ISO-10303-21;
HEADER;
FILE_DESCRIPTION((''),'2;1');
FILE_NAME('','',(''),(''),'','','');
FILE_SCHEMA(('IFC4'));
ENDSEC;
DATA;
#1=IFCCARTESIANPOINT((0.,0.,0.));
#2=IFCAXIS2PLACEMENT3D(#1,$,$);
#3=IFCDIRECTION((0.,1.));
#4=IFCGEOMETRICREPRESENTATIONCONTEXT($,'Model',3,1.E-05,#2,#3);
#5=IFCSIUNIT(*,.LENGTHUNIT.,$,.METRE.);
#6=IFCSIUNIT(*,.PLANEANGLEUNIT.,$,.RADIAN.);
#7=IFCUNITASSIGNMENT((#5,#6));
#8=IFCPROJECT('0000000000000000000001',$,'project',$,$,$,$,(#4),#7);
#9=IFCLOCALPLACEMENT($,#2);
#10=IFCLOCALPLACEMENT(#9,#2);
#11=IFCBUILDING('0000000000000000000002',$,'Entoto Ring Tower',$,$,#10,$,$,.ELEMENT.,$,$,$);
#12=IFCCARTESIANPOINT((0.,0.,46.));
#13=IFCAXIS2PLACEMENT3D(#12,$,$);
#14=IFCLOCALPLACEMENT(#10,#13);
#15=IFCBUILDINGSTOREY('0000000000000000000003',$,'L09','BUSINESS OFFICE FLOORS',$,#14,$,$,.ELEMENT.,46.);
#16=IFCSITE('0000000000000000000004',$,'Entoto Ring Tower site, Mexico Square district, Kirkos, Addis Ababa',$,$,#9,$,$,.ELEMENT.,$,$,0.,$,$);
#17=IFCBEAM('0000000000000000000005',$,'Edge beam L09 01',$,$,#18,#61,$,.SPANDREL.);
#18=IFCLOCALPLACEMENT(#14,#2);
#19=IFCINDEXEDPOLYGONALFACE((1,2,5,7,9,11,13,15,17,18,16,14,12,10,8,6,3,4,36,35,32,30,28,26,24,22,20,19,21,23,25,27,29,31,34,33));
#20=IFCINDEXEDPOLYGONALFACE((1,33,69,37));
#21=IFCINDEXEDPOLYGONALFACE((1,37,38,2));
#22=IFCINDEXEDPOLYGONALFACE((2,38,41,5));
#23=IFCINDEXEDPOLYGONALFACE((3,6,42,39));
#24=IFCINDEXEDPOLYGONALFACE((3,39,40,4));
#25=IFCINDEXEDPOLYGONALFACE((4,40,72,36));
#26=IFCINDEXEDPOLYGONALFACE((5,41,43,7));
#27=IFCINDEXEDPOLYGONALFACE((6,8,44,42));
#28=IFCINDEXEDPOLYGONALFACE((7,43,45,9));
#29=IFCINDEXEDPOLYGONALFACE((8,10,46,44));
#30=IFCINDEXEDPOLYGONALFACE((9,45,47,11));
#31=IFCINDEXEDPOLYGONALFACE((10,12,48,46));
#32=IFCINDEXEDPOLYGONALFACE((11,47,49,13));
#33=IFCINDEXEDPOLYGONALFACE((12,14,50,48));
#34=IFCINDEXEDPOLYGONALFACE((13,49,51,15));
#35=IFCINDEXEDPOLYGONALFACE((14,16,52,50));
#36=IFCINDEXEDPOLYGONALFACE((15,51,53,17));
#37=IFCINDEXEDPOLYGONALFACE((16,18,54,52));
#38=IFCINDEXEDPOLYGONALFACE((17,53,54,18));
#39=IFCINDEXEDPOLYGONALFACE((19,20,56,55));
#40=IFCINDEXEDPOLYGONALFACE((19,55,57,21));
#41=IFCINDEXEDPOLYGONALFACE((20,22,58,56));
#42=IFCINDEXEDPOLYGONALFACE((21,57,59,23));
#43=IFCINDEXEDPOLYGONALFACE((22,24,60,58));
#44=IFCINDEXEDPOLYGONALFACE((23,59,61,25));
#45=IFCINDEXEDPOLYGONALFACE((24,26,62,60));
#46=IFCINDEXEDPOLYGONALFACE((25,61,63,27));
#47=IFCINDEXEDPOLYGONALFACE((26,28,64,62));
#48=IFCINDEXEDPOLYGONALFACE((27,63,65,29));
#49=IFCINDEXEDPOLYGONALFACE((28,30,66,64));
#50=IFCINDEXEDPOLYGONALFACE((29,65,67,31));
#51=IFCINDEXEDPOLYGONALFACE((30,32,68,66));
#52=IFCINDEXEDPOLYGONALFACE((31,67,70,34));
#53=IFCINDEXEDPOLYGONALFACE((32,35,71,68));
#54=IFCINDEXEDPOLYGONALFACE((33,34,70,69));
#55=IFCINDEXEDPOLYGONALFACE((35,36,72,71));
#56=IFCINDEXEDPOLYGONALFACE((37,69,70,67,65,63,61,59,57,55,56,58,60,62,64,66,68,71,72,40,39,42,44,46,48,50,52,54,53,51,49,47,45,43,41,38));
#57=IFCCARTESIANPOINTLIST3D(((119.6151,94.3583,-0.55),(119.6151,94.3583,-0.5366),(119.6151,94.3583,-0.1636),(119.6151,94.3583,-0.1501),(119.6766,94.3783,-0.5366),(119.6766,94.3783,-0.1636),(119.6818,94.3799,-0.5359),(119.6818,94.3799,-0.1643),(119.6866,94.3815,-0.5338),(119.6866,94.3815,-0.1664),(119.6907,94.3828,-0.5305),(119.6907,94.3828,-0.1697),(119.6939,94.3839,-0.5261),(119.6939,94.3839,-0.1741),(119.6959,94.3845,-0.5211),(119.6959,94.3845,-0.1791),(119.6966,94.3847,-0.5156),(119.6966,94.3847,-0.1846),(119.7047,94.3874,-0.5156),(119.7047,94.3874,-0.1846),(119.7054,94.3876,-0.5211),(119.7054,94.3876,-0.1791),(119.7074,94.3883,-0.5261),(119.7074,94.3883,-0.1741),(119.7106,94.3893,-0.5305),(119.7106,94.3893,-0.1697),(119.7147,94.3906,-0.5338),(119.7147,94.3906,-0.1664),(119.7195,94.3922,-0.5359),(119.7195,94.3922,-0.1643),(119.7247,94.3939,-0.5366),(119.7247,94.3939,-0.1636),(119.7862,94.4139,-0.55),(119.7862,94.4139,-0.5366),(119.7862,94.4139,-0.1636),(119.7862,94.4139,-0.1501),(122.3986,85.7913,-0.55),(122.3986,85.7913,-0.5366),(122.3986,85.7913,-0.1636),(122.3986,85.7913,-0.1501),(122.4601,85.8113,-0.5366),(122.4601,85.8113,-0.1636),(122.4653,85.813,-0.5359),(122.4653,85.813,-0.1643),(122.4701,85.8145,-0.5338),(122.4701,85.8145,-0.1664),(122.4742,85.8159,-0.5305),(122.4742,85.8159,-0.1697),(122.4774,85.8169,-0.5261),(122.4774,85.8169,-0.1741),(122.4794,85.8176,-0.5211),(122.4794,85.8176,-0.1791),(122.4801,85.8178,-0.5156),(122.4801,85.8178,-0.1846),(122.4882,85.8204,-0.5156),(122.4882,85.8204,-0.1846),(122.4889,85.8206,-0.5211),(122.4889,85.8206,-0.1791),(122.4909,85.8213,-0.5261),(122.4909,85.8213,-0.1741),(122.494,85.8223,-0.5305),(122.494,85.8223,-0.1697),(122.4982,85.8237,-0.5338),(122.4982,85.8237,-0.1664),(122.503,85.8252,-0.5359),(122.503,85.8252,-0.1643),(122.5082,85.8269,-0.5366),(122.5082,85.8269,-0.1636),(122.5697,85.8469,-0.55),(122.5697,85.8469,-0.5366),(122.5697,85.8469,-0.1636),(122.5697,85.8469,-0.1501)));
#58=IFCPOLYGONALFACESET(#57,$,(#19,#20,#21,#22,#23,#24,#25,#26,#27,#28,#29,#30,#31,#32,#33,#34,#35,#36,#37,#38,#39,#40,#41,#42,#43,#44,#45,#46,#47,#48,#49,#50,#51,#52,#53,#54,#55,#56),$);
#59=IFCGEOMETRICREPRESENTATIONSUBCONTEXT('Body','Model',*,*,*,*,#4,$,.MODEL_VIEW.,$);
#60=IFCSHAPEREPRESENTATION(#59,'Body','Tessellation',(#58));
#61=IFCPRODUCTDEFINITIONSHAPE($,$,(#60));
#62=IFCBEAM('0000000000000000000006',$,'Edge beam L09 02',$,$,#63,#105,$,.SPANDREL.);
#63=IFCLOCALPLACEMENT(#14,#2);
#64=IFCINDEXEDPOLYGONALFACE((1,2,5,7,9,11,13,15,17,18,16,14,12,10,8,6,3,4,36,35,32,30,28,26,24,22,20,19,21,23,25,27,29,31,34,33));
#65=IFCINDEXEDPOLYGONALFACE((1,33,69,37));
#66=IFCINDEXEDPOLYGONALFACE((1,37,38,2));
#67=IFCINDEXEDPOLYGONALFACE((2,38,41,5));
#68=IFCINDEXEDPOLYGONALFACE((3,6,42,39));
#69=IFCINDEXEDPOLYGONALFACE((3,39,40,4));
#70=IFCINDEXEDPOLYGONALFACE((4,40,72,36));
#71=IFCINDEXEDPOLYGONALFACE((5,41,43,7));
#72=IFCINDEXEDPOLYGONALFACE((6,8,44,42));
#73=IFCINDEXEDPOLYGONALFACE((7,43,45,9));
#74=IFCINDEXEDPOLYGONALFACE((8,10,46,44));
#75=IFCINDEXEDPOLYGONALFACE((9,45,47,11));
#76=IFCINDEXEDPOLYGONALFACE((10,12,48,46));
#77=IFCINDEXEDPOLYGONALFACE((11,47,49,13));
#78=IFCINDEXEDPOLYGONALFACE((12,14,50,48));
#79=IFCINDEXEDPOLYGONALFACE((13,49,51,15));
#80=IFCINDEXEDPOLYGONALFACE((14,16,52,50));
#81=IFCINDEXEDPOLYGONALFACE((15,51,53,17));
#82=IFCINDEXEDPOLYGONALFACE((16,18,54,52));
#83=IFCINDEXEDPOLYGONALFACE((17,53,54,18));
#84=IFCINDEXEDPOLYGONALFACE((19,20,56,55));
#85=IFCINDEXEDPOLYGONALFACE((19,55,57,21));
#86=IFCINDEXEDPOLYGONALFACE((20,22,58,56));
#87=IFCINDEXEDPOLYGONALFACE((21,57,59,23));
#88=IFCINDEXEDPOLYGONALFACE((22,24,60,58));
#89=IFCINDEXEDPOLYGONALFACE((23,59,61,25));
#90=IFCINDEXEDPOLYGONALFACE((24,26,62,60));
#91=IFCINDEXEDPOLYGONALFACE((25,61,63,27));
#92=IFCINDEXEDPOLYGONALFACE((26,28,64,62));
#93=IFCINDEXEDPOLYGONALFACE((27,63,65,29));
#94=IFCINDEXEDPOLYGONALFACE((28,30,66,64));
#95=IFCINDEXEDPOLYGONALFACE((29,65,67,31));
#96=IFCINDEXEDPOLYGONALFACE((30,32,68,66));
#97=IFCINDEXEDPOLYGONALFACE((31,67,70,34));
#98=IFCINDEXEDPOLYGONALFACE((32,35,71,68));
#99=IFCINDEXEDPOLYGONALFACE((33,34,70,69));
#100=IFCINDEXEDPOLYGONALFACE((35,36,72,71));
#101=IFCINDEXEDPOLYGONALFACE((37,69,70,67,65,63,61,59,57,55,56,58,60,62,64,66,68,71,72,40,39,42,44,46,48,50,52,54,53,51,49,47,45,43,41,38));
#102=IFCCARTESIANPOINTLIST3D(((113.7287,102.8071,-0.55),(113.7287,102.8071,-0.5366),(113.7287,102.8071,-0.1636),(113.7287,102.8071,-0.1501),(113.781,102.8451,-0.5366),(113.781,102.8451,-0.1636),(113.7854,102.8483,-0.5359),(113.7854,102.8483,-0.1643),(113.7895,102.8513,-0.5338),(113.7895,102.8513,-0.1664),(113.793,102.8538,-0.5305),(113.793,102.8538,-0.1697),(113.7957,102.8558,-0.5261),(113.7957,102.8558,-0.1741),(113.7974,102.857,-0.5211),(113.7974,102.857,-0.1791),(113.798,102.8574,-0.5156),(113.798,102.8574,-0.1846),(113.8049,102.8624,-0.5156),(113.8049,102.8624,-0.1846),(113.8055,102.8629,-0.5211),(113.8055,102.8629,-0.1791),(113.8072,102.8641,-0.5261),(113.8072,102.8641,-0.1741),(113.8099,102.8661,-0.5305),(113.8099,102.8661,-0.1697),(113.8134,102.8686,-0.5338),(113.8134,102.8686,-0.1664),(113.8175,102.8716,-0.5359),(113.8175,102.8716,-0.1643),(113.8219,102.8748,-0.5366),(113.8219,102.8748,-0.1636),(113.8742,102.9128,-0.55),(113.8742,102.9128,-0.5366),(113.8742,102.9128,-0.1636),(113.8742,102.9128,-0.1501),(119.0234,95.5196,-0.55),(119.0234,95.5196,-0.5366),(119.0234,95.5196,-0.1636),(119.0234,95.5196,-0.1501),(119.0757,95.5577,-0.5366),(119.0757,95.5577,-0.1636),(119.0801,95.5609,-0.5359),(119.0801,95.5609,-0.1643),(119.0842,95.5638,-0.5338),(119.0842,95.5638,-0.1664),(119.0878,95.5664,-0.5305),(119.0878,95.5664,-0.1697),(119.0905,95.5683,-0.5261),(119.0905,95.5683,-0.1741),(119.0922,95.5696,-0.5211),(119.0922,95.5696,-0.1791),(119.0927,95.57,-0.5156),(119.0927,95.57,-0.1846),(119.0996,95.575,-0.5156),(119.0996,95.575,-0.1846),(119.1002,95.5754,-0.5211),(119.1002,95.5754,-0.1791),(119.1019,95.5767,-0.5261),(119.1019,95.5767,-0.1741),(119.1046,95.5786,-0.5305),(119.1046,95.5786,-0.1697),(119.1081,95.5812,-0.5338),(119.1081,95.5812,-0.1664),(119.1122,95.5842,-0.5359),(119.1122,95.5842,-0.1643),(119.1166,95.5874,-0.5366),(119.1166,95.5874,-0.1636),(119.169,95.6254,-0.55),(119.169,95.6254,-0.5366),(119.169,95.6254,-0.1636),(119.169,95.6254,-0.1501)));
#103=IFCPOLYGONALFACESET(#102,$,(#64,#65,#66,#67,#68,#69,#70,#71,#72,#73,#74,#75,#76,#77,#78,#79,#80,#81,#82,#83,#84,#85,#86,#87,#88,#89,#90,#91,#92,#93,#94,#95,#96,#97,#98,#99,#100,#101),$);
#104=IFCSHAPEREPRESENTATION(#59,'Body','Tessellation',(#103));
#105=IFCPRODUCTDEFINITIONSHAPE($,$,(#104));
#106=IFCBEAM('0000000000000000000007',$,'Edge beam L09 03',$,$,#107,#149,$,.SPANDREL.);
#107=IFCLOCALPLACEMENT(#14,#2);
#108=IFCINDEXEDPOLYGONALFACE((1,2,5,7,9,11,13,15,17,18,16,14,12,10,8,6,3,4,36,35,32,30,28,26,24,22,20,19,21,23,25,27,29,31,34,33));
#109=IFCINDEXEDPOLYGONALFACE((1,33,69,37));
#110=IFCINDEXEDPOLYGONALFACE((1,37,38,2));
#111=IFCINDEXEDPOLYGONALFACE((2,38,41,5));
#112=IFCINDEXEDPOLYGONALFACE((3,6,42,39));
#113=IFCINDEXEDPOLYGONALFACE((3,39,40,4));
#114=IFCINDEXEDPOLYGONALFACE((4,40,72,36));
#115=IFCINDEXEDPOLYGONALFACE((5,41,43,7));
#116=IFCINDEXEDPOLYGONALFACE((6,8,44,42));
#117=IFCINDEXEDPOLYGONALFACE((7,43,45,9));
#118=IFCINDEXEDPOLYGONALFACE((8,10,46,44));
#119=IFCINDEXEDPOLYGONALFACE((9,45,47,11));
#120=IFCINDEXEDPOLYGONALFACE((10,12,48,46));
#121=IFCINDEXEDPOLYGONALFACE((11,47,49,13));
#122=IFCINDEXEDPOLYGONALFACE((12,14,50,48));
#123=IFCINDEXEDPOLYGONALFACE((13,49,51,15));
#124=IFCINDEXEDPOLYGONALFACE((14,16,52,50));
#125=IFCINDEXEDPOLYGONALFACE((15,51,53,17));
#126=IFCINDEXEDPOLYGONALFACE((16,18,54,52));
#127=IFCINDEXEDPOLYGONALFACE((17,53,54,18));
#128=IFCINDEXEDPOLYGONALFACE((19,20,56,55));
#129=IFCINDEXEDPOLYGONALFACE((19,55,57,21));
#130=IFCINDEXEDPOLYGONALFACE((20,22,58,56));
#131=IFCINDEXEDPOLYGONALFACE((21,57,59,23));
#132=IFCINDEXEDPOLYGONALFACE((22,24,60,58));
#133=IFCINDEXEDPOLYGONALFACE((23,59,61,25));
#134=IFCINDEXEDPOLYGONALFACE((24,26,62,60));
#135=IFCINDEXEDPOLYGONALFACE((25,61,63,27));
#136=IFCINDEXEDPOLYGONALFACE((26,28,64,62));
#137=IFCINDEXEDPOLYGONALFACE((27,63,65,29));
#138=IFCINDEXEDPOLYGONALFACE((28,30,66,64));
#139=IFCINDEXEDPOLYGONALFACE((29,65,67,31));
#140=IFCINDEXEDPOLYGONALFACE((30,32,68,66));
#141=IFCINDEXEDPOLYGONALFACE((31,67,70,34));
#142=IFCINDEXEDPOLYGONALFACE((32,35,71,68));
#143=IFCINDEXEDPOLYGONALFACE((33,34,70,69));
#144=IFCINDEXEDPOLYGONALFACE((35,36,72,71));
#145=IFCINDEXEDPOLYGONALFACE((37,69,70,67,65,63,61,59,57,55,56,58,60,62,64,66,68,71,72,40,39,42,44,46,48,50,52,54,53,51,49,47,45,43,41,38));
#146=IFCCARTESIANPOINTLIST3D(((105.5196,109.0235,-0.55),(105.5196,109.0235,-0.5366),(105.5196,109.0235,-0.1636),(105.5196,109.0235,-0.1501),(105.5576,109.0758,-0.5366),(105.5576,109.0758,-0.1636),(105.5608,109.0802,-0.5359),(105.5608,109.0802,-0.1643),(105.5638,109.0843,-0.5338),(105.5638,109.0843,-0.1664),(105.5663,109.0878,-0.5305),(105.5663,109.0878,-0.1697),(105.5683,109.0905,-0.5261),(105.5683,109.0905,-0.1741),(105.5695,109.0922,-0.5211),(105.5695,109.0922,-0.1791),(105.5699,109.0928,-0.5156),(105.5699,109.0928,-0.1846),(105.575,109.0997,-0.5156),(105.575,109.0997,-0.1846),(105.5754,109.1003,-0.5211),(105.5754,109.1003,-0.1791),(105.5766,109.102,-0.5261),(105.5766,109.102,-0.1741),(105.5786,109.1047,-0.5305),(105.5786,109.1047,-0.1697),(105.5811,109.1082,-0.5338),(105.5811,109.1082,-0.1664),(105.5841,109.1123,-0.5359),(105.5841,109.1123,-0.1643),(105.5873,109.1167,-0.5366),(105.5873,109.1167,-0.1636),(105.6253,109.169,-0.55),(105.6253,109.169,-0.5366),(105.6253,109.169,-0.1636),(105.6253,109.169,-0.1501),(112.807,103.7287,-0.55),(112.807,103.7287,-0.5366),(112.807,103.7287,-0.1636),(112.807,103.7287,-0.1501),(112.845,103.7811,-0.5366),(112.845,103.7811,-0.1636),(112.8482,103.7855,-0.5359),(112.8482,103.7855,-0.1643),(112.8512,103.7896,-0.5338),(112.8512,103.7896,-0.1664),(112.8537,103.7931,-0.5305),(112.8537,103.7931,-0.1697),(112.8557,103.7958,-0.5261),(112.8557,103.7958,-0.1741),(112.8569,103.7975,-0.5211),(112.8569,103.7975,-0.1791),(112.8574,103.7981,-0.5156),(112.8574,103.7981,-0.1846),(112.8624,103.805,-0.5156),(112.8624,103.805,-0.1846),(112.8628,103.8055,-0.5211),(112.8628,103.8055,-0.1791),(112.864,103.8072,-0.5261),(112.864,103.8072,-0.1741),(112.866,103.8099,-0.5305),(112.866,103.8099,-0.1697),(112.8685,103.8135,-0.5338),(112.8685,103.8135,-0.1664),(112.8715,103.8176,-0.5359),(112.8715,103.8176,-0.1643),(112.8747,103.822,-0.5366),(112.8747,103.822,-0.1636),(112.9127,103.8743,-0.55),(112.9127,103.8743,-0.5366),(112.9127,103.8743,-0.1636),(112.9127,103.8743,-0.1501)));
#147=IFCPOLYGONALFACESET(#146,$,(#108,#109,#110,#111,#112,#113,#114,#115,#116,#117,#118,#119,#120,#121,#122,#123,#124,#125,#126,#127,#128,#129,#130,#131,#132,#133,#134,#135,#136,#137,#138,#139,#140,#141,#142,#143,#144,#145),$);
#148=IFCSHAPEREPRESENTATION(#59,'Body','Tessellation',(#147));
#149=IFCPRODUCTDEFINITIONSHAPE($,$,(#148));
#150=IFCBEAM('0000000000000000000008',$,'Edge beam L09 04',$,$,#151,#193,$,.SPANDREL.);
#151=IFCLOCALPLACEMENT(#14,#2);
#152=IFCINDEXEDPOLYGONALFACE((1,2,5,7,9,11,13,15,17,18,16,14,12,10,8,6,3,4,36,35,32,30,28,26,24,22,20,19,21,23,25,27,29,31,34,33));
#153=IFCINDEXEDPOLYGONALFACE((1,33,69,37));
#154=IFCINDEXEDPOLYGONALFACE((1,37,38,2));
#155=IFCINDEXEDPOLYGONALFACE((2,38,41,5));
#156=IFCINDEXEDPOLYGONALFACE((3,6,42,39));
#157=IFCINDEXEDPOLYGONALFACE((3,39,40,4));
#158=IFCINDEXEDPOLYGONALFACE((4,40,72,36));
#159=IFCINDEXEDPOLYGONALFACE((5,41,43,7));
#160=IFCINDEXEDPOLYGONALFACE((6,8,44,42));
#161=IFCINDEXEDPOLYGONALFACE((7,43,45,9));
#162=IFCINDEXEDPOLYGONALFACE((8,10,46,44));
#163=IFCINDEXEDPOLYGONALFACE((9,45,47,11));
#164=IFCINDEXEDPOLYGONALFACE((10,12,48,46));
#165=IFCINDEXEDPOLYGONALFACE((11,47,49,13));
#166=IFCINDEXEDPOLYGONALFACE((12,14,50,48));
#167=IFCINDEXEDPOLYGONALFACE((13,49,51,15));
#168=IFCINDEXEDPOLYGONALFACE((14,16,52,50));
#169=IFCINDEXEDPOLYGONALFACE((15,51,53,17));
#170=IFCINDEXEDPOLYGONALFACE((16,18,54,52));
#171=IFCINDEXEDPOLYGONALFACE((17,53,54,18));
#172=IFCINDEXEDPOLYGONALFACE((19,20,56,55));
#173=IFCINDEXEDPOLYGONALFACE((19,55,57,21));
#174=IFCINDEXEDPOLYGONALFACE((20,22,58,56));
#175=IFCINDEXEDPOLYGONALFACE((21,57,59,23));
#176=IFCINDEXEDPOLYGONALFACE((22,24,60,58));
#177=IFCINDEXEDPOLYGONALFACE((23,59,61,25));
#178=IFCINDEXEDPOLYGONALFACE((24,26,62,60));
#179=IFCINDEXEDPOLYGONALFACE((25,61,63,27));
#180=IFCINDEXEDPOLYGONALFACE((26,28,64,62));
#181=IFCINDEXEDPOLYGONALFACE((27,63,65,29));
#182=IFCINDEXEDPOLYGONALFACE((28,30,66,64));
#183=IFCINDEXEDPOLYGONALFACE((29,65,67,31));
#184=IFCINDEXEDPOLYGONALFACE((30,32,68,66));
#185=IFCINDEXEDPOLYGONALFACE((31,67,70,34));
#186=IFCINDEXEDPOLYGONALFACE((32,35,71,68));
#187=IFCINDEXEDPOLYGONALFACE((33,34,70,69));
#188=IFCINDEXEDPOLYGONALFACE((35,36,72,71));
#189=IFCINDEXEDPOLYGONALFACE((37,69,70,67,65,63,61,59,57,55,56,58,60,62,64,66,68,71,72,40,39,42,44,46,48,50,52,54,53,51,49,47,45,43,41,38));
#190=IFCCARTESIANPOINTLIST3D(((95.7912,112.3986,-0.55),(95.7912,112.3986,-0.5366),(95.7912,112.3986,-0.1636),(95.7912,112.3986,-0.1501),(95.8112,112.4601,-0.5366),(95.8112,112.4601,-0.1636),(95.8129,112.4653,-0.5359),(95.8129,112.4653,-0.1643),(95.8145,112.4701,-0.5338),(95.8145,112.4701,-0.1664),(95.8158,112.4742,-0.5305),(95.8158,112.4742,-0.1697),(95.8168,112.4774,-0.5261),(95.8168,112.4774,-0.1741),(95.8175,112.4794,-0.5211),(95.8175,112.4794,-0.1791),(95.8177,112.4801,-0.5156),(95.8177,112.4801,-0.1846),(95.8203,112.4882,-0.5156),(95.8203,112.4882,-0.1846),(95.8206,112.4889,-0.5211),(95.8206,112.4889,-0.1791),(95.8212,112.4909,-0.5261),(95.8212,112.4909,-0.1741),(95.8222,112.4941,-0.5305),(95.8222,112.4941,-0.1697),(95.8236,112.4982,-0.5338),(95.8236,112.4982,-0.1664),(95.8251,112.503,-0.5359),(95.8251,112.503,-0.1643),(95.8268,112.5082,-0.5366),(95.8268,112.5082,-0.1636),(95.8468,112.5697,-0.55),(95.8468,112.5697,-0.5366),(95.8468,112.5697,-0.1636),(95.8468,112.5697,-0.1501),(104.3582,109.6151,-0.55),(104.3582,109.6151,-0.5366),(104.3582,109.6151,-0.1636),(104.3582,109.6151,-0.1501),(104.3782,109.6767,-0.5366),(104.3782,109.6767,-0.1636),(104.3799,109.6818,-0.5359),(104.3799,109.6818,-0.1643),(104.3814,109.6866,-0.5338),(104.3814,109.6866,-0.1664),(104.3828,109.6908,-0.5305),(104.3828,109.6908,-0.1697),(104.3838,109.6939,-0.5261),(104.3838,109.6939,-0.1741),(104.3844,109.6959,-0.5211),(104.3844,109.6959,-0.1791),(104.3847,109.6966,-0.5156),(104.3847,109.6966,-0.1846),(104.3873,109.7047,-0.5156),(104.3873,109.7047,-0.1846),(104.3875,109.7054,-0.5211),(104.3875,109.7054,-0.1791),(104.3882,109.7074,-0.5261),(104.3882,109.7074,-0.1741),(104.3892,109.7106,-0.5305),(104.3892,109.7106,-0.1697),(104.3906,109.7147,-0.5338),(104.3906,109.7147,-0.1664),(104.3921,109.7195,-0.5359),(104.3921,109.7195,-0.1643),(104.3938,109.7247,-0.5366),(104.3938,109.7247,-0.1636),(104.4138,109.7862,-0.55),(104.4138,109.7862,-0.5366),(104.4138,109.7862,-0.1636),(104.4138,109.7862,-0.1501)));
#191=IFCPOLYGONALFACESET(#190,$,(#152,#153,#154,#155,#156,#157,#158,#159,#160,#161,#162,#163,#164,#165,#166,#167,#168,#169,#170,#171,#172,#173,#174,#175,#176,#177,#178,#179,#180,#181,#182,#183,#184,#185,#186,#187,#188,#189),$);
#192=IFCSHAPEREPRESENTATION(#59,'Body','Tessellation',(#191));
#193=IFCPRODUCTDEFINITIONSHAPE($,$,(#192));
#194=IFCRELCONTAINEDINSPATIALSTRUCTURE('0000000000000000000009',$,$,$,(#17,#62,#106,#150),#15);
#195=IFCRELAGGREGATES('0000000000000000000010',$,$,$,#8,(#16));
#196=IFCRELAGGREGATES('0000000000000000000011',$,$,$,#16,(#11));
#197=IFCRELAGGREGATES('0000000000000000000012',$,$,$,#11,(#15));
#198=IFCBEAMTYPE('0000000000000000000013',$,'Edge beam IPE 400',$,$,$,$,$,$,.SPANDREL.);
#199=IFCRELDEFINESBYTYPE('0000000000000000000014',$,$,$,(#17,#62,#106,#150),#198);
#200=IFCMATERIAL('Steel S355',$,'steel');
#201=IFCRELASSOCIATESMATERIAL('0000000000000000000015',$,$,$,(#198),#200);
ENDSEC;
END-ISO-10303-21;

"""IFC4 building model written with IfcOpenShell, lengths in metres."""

from ifc_helpers import new_model, si_unit, direction, frame, origin, origin_2d, place, context, subcontext, project, spatial, i_section, extrude, material, material_profile, profile_set, type_object, element, save


model = new_model("IFC4")

# Units and contexts
model_context = context("Model", 3, precision=1e-05, world=origin(), true_north=direction((0.0, 1.0)))
body_context = subcontext(model_context, "Body", "Model", "MODEL_VIEW")
ifc_project = project(units=[si_unit("LENGTHUNIT", "METRE"), si_unit("PLANEANGLEUNIT", "RADIAN")], contexts=[model_context])

# Site, building, storey
site_placement = place(None, origin())
site = spatial("IfcSite", under=ifc_project, at=site_placement, Name="Entoto Ring Tower site, Mexico Square district, Kirkos, Addis Ababa", CompositionType="ELEMENT", RefElevation=0.0)
building_placement = place(site_placement, origin())
building = spatial("IfcBuilding", under=site, at=building_placement, Name="Entoto Ring Tower", CompositionType="ELEMENT")
storey_placement = place(building_placement, frame((0.0, 0.0, 46.0)))
storey = spatial("IfcBuildingStorey", under=building, at=storey_placement, Name="L09", Description="BUSINESS OFFICE FLOORS", CompositionType="ELEMENT", Elevation=46.0)

# Beams
ifc_material_1 = material(Name="Steel S355", Category="steel")
ifc_material_profile_1 = material_profile(ifc_material_1, i_section(OverallWidth=0.1799, OverallDepth=0.3999, WebThickness=0.0085, FlangeThickness=0.0134, FilletRadius=0.021, at=origin_2d()), Name="IPE 400")
ifc_profile_set_1 = profile_set([ifc_material_profile_1], Name="Steel S355")
beam_type_1 = type_object("IfcBeamType", Name="Edge beam IPE 400", PredefinedType="SPANDREL", material=ifc_profile_set_1)
for number, where, z_axis, x_axis, name in (
    (1, (122.4841, 85.8191, -0.3501), (-0.309006, 0.95106, 0.0), (-0.95106, -0.309006, 0.0), "Edge beam L09 01"),
    (2, (119.0962, 95.5725, -0.3501), (-0.587793, 0.809011, 0.0), (-0.809011, -0.587793, 0.0), "Edge beam L09 02"),
    (3, (112.8599, 103.8015, -0.3501), (-0.809011, 0.587793, 0.0), (-0.587793, -0.809011, 0.0), "Edge beam L09 03"),
    (4, (104.386, 109.7007, -0.3501), (-0.95106, 0.309006, 0.0), (-0.309006, -0.95106, 0.0), "Edge beam L09 04"),
):
    element("IfcBeam", number, at=place(storey_placement, frame(where, z_axis=z_axis, x_axis=x_axis)), inside=storey, type_object=beam_type_1, Name=name, PredefinedType="SPANDREL", context=body_context, shape_type="SweptSolid", body=[
        extrude(i_section(OverallWidth=0.1799, OverallDepth=0.3999, WebThickness=0.0085, FlangeThickness=0.0134, FilletRadius=0.021, at=origin_2d()), origin(), (0.0, 0.0, 1.0), 9.0078),
    ])

save(model, "model.ifc")
